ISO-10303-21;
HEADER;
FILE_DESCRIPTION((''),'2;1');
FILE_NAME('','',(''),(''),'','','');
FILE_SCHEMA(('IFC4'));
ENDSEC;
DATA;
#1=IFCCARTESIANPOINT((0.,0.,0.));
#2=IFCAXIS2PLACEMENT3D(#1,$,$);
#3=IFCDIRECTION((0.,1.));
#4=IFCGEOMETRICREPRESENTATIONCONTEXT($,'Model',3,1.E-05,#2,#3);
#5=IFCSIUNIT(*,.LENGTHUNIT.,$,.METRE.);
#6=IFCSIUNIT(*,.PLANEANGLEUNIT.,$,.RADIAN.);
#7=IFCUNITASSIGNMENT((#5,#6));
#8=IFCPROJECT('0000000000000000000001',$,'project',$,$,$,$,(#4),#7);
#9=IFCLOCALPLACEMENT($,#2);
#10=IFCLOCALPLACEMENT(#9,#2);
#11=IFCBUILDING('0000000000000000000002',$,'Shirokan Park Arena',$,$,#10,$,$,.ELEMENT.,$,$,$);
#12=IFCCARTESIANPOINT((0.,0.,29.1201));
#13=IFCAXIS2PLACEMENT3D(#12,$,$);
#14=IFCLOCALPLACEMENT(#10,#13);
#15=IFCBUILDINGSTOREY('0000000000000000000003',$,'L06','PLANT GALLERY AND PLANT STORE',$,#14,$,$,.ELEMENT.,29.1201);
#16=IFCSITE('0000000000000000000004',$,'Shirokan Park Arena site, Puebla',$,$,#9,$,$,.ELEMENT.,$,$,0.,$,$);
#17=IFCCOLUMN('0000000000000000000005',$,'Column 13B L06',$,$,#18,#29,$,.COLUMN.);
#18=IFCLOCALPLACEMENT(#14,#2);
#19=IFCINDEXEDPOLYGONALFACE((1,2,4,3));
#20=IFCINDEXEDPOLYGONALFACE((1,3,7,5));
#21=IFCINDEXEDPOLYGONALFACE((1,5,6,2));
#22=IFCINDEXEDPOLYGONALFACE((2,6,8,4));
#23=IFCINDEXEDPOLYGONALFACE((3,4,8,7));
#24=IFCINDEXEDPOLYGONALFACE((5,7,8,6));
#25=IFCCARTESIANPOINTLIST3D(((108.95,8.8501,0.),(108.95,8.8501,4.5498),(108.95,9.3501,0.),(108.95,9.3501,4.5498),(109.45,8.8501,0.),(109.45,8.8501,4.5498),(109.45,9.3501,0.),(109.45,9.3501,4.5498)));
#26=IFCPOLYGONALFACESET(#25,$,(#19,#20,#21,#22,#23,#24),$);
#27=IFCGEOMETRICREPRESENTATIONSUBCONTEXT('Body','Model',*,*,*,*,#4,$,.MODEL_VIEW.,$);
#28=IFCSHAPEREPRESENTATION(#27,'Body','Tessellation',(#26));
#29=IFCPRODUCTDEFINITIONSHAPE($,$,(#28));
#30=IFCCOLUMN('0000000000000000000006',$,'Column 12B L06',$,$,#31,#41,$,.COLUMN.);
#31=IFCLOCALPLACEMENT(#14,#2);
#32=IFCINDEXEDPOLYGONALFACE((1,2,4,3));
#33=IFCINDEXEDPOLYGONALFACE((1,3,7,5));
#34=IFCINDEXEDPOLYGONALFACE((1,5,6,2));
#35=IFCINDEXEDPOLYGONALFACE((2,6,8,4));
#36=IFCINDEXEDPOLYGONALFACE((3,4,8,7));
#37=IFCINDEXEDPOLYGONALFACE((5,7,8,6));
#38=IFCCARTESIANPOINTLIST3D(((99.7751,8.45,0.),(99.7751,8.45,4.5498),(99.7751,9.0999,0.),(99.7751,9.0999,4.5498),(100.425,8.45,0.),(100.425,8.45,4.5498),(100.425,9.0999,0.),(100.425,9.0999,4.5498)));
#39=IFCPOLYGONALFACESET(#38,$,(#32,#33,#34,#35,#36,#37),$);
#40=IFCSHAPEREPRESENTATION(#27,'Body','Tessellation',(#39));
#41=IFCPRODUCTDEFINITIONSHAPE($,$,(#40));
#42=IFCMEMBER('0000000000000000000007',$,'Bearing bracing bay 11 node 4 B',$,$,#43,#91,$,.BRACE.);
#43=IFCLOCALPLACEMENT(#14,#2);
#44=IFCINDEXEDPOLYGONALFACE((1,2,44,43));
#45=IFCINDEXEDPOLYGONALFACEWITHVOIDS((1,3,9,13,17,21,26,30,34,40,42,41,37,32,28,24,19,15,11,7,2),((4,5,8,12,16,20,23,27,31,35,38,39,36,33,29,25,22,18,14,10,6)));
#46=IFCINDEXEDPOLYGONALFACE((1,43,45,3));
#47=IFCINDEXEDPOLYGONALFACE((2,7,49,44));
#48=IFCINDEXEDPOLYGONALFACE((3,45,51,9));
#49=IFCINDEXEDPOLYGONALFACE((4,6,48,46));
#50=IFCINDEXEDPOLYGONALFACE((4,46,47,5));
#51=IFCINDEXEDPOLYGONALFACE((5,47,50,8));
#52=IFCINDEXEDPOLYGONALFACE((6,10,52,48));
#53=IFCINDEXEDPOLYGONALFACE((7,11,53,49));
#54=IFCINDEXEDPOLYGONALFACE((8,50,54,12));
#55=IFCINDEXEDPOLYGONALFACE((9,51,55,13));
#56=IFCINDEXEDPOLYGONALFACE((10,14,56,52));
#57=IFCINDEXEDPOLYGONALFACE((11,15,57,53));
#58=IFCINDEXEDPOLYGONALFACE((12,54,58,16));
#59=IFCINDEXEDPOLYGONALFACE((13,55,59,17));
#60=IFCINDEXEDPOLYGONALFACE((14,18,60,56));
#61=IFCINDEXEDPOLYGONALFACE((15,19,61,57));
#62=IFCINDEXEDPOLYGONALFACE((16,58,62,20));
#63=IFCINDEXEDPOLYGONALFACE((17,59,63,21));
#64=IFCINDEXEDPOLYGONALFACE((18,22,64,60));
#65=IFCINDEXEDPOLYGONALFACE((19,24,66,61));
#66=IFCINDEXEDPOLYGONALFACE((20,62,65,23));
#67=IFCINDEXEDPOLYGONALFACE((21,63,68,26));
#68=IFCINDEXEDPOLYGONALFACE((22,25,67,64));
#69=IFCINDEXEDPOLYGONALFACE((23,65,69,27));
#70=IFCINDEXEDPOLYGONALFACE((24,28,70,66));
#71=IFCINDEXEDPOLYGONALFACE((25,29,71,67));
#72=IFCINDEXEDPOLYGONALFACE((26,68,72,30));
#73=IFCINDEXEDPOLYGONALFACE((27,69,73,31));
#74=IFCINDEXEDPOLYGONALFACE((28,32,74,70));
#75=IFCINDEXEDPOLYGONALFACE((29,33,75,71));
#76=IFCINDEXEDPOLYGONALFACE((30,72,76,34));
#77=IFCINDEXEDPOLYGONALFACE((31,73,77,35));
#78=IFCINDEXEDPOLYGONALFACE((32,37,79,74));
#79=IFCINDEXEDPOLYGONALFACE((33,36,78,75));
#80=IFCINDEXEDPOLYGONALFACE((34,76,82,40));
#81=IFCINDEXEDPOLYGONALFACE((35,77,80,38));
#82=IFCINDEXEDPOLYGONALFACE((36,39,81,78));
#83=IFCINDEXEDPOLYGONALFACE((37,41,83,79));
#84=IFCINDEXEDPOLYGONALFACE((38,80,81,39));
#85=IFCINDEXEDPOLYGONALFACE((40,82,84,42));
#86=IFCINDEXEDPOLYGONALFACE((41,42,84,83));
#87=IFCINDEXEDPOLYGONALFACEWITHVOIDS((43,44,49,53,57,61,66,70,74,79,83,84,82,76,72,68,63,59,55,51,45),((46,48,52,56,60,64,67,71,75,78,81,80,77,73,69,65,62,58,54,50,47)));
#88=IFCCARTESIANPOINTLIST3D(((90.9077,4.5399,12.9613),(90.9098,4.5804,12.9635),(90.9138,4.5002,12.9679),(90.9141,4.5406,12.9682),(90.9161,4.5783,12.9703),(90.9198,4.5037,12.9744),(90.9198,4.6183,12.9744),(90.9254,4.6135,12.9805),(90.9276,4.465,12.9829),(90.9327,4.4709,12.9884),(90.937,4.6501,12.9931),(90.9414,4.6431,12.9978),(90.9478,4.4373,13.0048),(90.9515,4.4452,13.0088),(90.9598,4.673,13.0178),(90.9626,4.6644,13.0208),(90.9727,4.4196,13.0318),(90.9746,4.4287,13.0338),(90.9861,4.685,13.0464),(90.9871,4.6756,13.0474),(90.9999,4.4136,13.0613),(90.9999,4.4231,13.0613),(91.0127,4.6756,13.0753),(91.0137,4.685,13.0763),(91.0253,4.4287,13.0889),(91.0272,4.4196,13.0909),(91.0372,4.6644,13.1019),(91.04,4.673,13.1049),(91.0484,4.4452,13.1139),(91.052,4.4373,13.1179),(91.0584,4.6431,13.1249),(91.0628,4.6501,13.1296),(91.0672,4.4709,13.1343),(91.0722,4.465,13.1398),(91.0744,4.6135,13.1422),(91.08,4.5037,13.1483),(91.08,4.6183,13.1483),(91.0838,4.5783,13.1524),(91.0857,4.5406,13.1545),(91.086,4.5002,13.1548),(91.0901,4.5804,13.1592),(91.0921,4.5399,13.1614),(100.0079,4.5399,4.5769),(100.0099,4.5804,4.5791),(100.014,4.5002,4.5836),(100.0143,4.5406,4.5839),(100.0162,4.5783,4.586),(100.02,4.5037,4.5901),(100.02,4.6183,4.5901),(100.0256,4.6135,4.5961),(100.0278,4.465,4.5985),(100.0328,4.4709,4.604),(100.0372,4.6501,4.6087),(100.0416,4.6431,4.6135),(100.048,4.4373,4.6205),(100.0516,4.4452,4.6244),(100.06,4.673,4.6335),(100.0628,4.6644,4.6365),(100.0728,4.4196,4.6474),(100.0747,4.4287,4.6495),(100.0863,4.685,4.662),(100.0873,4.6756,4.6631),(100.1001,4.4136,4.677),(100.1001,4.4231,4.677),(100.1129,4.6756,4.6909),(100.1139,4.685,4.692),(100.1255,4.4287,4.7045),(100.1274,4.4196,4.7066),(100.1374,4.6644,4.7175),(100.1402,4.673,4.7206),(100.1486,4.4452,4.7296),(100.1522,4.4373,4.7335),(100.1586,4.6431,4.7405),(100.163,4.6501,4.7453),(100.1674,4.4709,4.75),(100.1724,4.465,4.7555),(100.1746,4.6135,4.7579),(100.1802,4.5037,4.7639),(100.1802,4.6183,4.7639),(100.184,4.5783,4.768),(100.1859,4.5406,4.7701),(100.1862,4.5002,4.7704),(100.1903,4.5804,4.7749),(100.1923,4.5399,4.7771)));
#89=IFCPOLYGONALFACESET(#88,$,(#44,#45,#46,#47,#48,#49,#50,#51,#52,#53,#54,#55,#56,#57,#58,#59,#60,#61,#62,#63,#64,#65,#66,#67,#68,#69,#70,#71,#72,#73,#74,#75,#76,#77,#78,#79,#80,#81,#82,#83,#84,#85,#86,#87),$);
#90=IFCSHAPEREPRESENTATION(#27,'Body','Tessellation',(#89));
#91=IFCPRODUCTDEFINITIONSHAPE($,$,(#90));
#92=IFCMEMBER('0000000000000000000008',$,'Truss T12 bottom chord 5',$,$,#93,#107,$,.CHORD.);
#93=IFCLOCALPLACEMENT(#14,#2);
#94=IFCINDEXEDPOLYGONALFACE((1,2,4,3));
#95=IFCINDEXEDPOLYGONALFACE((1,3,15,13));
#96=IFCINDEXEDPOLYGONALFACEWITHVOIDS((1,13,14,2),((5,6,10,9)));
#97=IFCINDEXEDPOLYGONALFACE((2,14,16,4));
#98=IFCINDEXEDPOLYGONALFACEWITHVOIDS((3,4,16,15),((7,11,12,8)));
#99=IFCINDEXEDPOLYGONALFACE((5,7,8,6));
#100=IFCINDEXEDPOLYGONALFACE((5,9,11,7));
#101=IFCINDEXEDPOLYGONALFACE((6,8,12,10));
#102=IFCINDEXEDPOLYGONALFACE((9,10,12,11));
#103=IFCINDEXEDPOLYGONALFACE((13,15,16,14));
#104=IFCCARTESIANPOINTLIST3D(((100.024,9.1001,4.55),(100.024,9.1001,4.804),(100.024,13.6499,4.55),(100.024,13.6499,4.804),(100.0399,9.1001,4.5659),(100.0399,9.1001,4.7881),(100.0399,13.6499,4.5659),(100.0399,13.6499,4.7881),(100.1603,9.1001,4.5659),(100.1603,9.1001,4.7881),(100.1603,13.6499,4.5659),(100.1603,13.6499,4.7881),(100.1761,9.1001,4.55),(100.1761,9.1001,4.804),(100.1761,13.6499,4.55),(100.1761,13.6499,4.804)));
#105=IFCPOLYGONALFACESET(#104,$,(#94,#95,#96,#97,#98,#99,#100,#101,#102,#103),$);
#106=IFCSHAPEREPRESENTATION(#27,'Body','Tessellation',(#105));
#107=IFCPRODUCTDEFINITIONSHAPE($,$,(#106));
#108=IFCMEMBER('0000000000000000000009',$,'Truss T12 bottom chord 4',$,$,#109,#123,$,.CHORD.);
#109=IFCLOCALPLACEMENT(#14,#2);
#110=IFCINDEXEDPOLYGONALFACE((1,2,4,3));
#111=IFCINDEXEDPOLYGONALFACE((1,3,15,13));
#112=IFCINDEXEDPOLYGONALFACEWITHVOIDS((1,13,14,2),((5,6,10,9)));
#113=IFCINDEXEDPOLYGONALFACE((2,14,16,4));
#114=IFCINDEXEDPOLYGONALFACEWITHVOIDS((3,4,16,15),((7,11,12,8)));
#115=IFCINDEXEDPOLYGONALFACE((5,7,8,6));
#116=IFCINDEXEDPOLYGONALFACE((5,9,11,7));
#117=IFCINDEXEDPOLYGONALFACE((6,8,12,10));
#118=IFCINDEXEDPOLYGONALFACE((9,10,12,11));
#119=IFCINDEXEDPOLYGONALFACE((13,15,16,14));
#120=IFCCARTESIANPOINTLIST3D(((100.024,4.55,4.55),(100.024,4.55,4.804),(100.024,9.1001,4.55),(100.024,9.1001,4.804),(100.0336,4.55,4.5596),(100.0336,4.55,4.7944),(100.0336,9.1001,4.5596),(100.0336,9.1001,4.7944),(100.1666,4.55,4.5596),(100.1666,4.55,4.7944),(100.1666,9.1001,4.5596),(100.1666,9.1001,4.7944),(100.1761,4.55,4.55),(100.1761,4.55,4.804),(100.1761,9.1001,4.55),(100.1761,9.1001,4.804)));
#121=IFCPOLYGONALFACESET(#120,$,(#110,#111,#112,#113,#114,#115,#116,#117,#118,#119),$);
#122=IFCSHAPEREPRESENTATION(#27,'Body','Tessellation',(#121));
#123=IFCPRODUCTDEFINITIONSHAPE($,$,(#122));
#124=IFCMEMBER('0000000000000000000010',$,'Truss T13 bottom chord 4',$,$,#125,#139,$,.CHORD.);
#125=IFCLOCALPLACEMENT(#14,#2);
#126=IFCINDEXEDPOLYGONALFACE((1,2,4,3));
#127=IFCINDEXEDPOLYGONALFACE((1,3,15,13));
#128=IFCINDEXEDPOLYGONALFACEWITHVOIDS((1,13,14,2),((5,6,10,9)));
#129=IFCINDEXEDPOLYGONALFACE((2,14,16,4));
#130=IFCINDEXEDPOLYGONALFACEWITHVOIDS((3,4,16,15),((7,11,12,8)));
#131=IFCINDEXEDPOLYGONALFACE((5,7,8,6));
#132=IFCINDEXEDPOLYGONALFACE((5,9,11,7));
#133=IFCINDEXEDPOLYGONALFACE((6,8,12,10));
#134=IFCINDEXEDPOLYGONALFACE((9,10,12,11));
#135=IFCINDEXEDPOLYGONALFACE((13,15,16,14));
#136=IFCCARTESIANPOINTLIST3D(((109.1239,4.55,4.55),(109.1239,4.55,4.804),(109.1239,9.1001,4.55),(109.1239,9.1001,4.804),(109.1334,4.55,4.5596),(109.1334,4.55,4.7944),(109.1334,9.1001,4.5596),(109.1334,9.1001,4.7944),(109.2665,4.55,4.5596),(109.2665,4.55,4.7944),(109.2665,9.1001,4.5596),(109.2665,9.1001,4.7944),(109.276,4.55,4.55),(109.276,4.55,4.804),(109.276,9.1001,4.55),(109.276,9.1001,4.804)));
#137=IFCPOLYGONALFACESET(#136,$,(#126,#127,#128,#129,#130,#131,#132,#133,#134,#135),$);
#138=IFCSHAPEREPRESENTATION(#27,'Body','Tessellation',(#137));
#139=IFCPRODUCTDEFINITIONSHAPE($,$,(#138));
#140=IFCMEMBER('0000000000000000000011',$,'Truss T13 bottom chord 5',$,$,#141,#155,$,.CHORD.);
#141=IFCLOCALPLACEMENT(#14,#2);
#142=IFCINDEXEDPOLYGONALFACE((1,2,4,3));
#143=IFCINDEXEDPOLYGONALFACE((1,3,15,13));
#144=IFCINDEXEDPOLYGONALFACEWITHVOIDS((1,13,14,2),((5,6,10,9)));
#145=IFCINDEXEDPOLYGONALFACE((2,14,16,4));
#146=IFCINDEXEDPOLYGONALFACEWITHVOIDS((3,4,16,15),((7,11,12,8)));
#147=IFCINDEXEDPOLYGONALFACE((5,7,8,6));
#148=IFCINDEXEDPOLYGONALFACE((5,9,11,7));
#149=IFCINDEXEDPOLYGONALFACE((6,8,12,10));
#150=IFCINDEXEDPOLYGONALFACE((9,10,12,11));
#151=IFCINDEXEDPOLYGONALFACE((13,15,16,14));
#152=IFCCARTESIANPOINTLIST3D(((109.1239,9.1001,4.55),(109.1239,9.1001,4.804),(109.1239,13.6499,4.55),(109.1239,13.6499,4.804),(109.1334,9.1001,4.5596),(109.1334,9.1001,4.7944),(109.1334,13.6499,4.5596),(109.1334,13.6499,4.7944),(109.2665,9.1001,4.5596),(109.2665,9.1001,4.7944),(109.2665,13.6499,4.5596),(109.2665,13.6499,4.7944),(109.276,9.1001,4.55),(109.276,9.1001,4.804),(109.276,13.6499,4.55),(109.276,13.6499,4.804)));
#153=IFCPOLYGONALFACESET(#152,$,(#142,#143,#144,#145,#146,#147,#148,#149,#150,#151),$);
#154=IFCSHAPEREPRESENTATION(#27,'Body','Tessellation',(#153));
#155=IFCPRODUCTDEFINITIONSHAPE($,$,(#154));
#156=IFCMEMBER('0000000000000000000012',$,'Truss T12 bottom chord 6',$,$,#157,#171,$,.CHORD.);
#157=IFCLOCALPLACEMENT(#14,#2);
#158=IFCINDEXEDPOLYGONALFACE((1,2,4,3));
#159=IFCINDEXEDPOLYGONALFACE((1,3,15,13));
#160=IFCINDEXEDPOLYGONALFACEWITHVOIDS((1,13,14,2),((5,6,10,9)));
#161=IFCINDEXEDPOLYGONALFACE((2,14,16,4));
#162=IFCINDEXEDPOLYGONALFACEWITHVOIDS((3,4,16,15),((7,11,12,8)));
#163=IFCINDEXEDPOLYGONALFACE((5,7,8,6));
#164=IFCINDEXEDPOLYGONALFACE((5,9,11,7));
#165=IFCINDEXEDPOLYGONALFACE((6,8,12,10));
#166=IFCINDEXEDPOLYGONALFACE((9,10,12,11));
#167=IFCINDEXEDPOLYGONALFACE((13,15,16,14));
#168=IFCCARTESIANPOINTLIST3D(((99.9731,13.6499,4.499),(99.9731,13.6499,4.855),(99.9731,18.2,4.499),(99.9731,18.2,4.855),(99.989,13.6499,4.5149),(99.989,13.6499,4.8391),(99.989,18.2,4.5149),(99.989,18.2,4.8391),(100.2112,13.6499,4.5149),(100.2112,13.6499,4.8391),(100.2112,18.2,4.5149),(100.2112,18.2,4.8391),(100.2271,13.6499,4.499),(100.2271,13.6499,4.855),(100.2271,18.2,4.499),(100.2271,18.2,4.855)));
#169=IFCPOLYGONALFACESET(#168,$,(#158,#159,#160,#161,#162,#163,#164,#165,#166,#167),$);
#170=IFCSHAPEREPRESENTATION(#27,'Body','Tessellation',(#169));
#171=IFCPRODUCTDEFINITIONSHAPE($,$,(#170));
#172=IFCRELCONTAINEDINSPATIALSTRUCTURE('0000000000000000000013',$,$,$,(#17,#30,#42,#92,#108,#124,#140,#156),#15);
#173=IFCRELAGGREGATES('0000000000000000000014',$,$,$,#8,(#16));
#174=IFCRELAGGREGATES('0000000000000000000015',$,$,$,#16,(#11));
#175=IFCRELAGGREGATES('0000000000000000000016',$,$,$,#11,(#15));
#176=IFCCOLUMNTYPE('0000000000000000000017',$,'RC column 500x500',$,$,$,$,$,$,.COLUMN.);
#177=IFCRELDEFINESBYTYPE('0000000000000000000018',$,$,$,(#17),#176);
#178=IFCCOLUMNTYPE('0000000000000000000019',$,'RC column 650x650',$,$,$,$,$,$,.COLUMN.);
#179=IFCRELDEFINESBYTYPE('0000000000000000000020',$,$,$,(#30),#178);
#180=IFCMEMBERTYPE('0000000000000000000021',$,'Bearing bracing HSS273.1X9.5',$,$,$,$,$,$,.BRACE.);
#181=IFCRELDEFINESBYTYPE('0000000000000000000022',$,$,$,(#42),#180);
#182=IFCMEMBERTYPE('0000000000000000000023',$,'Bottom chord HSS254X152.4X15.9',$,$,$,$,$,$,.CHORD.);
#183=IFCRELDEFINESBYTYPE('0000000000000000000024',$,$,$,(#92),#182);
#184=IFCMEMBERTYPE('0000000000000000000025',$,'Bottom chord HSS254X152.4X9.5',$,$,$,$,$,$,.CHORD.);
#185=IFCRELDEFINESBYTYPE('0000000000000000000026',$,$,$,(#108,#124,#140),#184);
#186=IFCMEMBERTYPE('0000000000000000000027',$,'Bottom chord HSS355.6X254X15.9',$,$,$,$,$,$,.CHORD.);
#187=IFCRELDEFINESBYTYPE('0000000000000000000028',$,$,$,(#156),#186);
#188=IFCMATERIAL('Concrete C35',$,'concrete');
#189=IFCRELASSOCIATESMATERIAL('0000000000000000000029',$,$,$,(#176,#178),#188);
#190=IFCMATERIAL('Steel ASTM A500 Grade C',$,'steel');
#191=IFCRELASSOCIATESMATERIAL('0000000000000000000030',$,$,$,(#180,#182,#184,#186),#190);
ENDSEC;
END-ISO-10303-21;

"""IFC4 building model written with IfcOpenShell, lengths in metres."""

from ifc_helpers import new_model, si_unit, direction, frame, origin, origin_2d, place, context, subcontext, project, spatial, rectangle, hollow_rectangle, hollow_circle, extrude, material, material_profile, profile_set, type_object, element, save


model = new_model("IFC4")

# Units and contexts
model_context = context("Model", 3, precision=1e-05, world=origin(), true_north=direction((0.0, 1.0)))
body_context = subcontext(model_context, "Body", "Model", "MODEL_VIEW")
ifc_project = project(units=[si_unit("LENGTHUNIT", "METRE"), si_unit("PLANEANGLEUNIT", "RADIAN")], contexts=[model_context])

# Site, building, storey
site_placement = place(None, origin())
site = spatial("IfcSite", under=ifc_project, at=site_placement, Name="Shirokan Park Arena site, Puebla", CompositionType="ELEMENT", RefElevation=0.0)
building_placement = place(site_placement, origin())
building = spatial("IfcBuilding", under=site, at=building_placement, Name="Shirokan Park Arena", CompositionType="ELEMENT")
storey_placement = place(building_placement, frame((0.0, 0.0, 29.1201)))
storey = spatial("IfcBuildingStorey", under=building, at=storey_placement, Name="L06", Description="PLANT GALLERY AND PLANT STORE", CompositionType="ELEMENT", Elevation=29.1201)

# Columns
ifc_material_1 = material(Name="Concrete C35", Category="concrete")
ifc_material_profile_1 = material_profile(ifc_material_1, rectangle(XDim=0.5, YDim=0.5, at=origin_2d()), Name="500x500")
ifc_profile_set_1 = profile_set([ifc_material_profile_1], Name="Concrete C35")
column_type_1 = type_object("IfcColumnType", Name="RC column 500x500", PredefinedType="COLUMN", material=ifc_profile_set_1)
column_1_placement = place(storey_placement, frame((109.2, 9.1001, 0.0), z_axis=(0.0, 0.0, 1.0), x_axis=(1.0, 0.0, 0.0)))
element("IfcColumn", 1, at=column_1_placement, inside=storey, type_object=column_type_1, Name="Column 13B L06", PredefinedType="COLUMN", context=body_context, shape_type="SweptSolid", body=[
    extrude(rectangle(XDim=0.5, YDim=0.5, at=origin_2d()), origin(), (0.0, 0.0, 1.0), 4.5498),
])
ifc_material_profile_2 = material_profile(ifc_material_1, rectangle(XDim=0.6499, YDim=0.6499, at=origin_2d()), Name="650x650")
ifc_profile_set_2 = profile_set([ifc_material_profile_2], Name="Concrete C35")
column_type_2 = type_object("IfcColumnType", Name="RC column 650x650", PredefinedType="COLUMN", material=ifc_profile_set_2)
column_2_placement = place(storey_placement, frame((100.1001, 8.7749, 0.0), z_axis=(0.0, 0.0, 1.0), x_axis=(1.0, 0.0, 0.0)))
element("IfcColumn", 2, at=column_2_placement, inside=storey, type_object=column_type_2, Name="Column 12B L06", PredefinedType="COLUMN", context=body_context, shape_type="SweptSolid", body=[
    extrude(rectangle(XDim=0.6499, YDim=0.6499, at=origin_2d()), origin(), (0.0, 0.0, 1.0), 4.5498),
])

# Members
ifc_material_2 = material(Name="Steel ASTM A500 Grade C", Category="steel")
ifc_material_profile_3 = material_profile(ifc_material_2, hollow_circle(Radius=0.1365, WallThickness=0.0095, at=origin_2d()), Name="HSS273.1X9.5")
ifc_profile_set_3 = profile_set([ifc_material_profile_3], Name="Steel ASTM A500 Grade C")
member_type_1 = type_object("IfcMemberType", Name="Bearing bracing HSS273.1X9.5", PredefinedType="BRACE", material=ifc_profile_set_3)
member_1_placement = place(storey_placement, frame((100.1001, 4.55, 4.677), z_axis=(-0.73544, 0.0, 0.67759), x_axis=(0.0, -1.0, 0.0)))
element("IfcMember", 3, at=member_1_placement, inside=storey, type_object=member_type_1, Name="Bearing bracing bay 11 node 4 B", PredefinedType="BRACE", context=body_context, shape_type="SweptSolid", body=[
    extrude(hollow_circle(Radius=0.1365, WallThickness=0.0095, at=origin_2d()), origin(), (0.0, 0.0, 1.0), 12.3738),
])
ifc_material_profile_4 = material_profile(ifc_material_2, hollow_rectangle(XDim=0.1521, YDim=0.2539, WallThickness=0.0159, at=origin_2d()), Name="HSS254X152.4X15.9")
ifc_profile_set_4 = profile_set([ifc_material_profile_4], Name="Steel ASTM A500 Grade C")
member_type_2 = type_object("IfcMemberType", Name="Bottom chord HSS254X152.4X15.9", PredefinedType="CHORD", material=ifc_profile_set_4)
member_2_placement = place(storey_placement, frame((100.1001, 9.1001, 4.677), z_axis=(0.0, 1.0, 0.0), x_axis=(-1.0, 0.0, 0.0)))
element("IfcMember", 4, at=member_2_placement, inside=storey, type_object=member_type_2, Name="Truss T12 bottom chord 5", PredefinedType="CHORD", context=body_context, shape_type="SweptSolid", body=[
    extrude(hollow_rectangle(XDim=0.1521, YDim=0.2539, WallThickness=0.0159, at=origin_2d()), origin(), (0.0, 0.0, 1.0), 4.5498),
])
ifc_material_profile_5 = material_profile(ifc_material_2, hollow_rectangle(XDim=0.1521, YDim=0.2539, WallThickness=0.0095, at=origin_2d()), Name="HSS254X152.4X9.5")
ifc_profile_set_5 = profile_set([ifc_material_profile_5], Name="Steel ASTM A500 Grade C")
member_type_3 = type_object("IfcMemberType", Name="Bottom chord HSS254X152.4X9.5", PredefinedType="CHORD", material=ifc_profile_set_5)
for number, where, z_axis, x_axis, name in (
    (5, (100.1001, 4.55, 4.677), (0.0, 1.0, 0.0), (-1.0, 0.0, 0.0), "Truss T12 bottom chord 4"),
    (6, (109.2, 4.55, 4.677), (0.0, 1.0, 0.0), (-1.0, 0.0, 0.0), "Truss T13 bottom chord 4"),
):
    element("IfcMember", number, at=place(storey_placement, frame(where, z_axis=z_axis, x_axis=x_axis)), inside=storey, type_object=member_type_3, Name=name, PredefinedType="CHORD", context=body_context, shape_type="SweptSolid", body=[
        extrude(hollow_rectangle(XDim=0.1521, YDim=0.2539, WallThickness=0.0095, at=origin_2d()), origin(), (0.0, 0.0, 1.0), 4.55),
    ])
member_3_placement = place(storey_placement, frame((109.2, 9.1001, 4.677), z_axis=(0.0, 1.0, 0.0), x_axis=(-1.0, 0.0, 0.0)))
element("IfcMember", 7, at=member_3_placement, inside=storey, type_object=member_type_3, Name="Truss T13 bottom chord 5", PredefinedType="CHORD", context=body_context, shape_type="SweptSolid", body=[
    extrude(hollow_rectangle(XDim=0.1521, YDim=0.2539, WallThickness=0.0095, at=origin_2d()), origin(), (0.0, 0.0, 1.0), 4.5498),
])
ifc_material_profile_6 = material_profile(ifc_material_2, hollow_rectangle(XDim=0.2539, YDim=0.356, WallThickness=0.0159, at=origin_2d()), Name="HSS355.6X254X15.9")
ifc_profile_set_6 = profile_set([ifc_material_profile_6], Name="Steel ASTM A500 Grade C")
member_type_4 = type_object("IfcMemberType", Name="Bottom chord HSS355.6X254X15.9", PredefinedType="CHORD", material=ifc_profile_set_6)
member_4_placement = place(storey_placement, frame((100.1001, 13.6499, 4.677), z_axis=(0.0, 1.0, 0.0), x_axis=(-1.0, 0.0, 0.0)))
element("IfcMember", 8, at=member_4_placement, inside=storey, type_object=member_type_4, Name="Truss T12 bottom chord 6", PredefinedType="CHORD", context=body_context, shape_type="SweptSolid", body=[
    extrude(hollow_rectangle(XDim=0.2539, YDim=0.356, WallThickness=0.0159, at=origin_2d()), origin(), (0.0, 0.0, 1.0), 4.55),
])

save(model, "model.ifc")
